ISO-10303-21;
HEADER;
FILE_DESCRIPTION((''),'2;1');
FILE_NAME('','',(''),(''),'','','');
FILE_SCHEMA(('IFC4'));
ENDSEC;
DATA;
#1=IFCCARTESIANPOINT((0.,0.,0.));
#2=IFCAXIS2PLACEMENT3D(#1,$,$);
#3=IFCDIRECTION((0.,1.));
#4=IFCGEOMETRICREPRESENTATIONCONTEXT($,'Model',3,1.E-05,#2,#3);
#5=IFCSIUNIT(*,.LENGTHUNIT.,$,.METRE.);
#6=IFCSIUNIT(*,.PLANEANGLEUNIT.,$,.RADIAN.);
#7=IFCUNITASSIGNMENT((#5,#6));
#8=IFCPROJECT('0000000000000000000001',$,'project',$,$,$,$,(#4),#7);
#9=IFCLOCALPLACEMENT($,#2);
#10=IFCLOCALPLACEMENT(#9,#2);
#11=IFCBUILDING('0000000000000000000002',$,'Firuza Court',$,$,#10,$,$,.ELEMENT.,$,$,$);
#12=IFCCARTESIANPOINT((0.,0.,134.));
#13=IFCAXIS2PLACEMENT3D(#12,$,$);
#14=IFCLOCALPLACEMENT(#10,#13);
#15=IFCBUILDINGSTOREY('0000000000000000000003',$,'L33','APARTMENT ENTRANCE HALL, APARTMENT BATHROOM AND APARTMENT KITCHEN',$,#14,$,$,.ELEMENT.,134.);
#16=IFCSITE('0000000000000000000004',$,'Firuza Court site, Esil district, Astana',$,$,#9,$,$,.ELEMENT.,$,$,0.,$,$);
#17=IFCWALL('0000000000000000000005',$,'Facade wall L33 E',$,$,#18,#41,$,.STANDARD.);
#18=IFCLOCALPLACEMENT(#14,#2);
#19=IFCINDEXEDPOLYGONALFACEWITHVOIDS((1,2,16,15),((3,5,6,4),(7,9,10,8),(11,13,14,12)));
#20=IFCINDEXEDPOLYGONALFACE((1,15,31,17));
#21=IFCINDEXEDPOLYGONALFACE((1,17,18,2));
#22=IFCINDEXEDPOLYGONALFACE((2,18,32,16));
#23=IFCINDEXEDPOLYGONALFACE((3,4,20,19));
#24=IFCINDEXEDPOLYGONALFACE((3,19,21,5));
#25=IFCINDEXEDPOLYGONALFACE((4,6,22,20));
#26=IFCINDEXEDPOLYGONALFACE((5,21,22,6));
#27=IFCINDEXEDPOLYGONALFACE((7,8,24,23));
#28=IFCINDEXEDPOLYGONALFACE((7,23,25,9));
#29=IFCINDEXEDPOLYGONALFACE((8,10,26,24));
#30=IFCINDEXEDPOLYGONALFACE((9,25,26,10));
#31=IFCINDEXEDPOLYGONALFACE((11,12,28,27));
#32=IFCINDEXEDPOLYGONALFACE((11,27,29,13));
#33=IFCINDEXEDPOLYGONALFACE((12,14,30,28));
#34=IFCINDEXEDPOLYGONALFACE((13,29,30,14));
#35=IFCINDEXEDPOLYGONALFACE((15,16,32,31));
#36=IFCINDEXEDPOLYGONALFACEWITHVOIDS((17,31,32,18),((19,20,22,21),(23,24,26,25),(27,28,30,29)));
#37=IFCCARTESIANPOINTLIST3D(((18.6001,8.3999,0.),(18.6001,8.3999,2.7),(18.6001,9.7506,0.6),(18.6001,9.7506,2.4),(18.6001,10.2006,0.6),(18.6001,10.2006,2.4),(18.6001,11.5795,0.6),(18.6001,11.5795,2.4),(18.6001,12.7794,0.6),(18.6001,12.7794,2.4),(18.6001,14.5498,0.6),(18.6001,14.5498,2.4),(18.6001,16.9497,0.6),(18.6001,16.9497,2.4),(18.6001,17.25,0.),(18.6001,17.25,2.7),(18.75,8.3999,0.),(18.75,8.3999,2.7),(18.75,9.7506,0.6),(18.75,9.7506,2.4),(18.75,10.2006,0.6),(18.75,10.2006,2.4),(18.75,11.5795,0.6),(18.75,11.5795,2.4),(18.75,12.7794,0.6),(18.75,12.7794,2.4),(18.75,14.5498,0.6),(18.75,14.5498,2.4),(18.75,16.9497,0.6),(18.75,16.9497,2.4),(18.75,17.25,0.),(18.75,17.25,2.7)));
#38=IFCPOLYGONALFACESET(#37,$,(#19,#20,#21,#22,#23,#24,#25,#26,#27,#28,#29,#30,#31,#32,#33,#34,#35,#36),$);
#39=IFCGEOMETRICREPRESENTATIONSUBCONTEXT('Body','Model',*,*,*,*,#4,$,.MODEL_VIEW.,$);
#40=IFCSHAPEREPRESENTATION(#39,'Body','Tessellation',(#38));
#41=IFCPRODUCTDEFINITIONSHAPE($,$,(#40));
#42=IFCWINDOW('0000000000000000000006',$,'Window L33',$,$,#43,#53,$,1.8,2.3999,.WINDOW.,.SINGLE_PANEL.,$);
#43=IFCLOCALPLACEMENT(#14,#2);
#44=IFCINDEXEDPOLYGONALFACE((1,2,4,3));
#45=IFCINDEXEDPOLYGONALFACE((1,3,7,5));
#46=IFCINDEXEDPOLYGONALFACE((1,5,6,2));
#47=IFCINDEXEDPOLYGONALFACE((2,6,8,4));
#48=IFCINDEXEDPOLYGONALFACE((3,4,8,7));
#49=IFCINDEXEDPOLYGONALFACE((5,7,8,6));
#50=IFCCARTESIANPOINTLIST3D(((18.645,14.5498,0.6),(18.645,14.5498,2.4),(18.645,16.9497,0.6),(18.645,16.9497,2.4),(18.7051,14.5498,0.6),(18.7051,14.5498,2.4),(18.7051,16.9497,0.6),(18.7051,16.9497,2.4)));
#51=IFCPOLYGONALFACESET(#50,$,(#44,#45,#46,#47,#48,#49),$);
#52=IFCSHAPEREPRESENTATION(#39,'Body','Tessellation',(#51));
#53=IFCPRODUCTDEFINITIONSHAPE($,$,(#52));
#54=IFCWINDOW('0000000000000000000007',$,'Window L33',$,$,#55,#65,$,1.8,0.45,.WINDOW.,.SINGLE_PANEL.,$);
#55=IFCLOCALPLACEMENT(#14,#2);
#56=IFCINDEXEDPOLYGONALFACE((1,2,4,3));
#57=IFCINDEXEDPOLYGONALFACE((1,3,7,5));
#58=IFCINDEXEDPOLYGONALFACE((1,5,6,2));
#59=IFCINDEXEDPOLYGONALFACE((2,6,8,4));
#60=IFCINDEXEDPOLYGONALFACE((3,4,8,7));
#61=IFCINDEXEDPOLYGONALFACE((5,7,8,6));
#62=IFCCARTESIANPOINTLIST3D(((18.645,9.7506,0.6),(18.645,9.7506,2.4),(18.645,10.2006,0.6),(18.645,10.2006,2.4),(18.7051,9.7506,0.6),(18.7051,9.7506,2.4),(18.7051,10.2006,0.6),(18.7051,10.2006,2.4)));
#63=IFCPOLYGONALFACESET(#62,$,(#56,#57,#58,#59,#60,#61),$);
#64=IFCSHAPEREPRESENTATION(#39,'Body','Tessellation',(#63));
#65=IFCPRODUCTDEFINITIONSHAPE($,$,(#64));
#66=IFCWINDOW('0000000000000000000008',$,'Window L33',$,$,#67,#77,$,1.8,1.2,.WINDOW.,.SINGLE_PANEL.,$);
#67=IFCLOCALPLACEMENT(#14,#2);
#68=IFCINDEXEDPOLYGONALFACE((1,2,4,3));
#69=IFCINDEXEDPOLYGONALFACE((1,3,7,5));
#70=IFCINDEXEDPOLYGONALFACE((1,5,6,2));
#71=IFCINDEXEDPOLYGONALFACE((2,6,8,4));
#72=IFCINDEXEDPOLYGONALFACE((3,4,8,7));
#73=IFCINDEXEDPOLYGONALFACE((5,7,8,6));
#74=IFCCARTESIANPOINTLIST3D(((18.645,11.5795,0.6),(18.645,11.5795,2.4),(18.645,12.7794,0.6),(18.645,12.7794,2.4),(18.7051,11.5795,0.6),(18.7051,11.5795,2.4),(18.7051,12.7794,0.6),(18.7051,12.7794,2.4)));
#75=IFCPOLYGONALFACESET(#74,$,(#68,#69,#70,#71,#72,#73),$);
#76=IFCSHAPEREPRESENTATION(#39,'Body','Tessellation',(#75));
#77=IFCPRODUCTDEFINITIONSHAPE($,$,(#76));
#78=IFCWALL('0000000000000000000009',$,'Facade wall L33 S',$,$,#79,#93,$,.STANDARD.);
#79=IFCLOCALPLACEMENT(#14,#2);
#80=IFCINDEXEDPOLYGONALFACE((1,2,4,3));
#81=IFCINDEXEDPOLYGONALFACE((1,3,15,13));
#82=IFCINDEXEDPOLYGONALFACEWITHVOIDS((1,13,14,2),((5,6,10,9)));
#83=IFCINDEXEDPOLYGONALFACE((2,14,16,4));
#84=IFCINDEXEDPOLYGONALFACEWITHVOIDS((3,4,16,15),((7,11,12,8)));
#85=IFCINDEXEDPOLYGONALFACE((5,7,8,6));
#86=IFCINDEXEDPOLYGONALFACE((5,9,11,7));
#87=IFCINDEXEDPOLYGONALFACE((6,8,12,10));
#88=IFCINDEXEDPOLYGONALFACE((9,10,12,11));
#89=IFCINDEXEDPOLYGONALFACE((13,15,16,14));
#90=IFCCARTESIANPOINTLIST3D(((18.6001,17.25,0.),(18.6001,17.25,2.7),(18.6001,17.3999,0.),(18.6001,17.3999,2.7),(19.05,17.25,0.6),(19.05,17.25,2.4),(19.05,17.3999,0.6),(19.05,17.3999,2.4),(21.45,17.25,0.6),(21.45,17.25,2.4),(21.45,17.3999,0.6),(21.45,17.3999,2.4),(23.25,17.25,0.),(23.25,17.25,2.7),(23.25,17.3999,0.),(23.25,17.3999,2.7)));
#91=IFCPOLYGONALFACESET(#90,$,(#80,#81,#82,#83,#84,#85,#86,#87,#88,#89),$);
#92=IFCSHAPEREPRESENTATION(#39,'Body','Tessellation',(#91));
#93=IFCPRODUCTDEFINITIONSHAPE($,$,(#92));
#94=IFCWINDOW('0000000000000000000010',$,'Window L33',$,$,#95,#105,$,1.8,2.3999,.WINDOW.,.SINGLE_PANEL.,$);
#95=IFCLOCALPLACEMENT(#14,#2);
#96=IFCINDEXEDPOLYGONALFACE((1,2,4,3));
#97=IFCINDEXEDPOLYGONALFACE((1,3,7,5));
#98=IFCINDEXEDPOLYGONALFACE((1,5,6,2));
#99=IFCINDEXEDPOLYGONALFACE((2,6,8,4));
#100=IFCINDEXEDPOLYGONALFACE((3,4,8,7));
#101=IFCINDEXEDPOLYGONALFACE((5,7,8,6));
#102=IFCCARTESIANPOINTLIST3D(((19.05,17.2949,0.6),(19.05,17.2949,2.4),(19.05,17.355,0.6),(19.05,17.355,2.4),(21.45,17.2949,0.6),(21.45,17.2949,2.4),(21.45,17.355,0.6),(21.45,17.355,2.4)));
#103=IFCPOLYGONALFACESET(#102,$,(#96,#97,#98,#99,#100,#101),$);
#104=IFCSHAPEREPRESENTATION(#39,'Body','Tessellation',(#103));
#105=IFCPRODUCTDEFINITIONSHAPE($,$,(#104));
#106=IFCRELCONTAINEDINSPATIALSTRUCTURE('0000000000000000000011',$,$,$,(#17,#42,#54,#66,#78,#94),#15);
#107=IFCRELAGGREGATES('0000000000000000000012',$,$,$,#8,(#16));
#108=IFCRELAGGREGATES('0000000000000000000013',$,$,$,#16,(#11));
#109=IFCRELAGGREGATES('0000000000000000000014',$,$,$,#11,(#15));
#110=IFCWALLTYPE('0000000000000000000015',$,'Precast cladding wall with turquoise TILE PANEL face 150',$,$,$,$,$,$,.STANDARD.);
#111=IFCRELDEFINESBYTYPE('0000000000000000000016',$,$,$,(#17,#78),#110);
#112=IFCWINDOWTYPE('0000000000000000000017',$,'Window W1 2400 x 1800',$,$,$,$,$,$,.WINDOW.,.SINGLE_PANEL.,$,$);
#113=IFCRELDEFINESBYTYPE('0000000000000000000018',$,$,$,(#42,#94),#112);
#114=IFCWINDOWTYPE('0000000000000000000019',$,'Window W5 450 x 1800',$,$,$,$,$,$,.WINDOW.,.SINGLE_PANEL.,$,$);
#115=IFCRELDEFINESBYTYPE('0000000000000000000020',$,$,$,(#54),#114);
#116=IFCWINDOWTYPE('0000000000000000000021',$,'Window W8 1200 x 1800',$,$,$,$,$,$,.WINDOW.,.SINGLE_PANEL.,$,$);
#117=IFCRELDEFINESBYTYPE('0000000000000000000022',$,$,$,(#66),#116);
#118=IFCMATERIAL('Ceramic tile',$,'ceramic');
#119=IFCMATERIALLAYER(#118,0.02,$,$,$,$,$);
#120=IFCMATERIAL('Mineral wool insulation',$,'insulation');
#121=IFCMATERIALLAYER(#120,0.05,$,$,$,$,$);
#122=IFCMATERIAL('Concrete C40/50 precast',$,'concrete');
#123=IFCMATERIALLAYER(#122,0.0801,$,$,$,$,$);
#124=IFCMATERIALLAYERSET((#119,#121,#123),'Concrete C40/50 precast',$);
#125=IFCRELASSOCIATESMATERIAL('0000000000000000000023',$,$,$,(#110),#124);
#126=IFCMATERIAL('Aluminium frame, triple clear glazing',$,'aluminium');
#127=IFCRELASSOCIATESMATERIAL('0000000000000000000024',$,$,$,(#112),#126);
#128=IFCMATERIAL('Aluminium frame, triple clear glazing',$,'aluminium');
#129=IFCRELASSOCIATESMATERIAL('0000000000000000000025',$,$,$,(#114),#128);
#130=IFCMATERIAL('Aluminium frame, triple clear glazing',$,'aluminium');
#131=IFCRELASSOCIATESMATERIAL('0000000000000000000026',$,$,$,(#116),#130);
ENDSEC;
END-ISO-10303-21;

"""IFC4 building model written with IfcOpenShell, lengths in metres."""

from ifc_helpers import new_model, si_unit, direction, frame, frame_2d, origin, place, context, subcontext, project, spatial, rectangle, extrude, material, layer, layer_set, type_object, element, fill, save


model = new_model("IFC4")

# Units and contexts
model_context = context("Model", 3, precision=1e-05, world=origin(), true_north=direction((0.0, 1.0)))
body_context = subcontext(model_context, "Body", "Model", "MODEL_VIEW")
ifc_project = project(units=[si_unit("LENGTHUNIT", "METRE"), si_unit("PLANEANGLEUNIT", "RADIAN")], contexts=[model_context])

# Site, building, storey
site_placement = place(None, origin())
site = spatial("IfcSite", under=ifc_project, at=site_placement, Name="Firuza Court site, Esil district, Astana", CompositionType="ELEMENT", RefElevation=0.0)
building_placement = place(site_placement, origin())
building = spatial("IfcBuilding", under=site, at=building_placement, Name="Firuza Court", CompositionType="ELEMENT")
storey_placement = place(building_placement, frame((0.0, 0.0, 134.0)))
storey = spatial("IfcBuildingStorey", under=building, at=storey_placement, Name="L33", Description="APARTMENT ENTRANCE HALL, APARTMENT BATHROOM AND APARTMENT KITCHEN", CompositionType="ELEMENT", Elevation=134.0)

# Wall, openings, windows
ifc_material_1 = material(Name="Ceramic tile", Category="ceramic")
ifc_layer_1 = layer(ifc_material_1, 0.02)
ifc_material_2 = material(Name="Mineral wool insulation", Category="insulation")
ifc_layer_2 = layer(ifc_material_2, 0.05)
ifc_material_3 = material(Name="Concrete C40/50 precast", Category="concrete")
ifc_layer_3 = layer(ifc_material_3, 0.0801)
ifc_layer_set_1 = layer_set([ifc_layer_1, ifc_layer_2, ifc_layer_3], Name="Concrete C40/50 precast")
wall_type_1 = type_object("IfcWallType", Name="Precast cladding wall with turquoise TILE PANEL face 150", PredefinedType="STANDARD", material=ifc_layer_set_1)
wall_1_placement = place(storey_placement, frame((18.675, 8.3999, 0.0), z_axis=(0.0, 0.0, 1.0), x_axis=(0.0, 1.0, 0.0)))
wall_1 = element("IfcWall", 1, at=wall_1_placement, inside=storey, type_object=wall_type_1, Name="Facade wall L33 E", PredefinedType="STANDARD", context=body_context, shape_type="SweptSolid", body=[
    extrude(rectangle(XDim=8.8501, YDim=0.1499, at=frame_2d((4.425, 0.0))), origin(), (0.0, 0.0, 1.0), 2.7),
])
opening_1_placement = place(wall_1_placement, frame((1.3506, 0.0, 0.6001)))
opening_1 = element("IfcOpeningElement", 2, at=opening_1_placement, cuts=wall_1, PredefinedType="OPENING", context=body_context, shape_type="SweptSolid", body=[
    extrude(rectangle(XDim=0.45, YDim=1.8, at=frame_2d((0.2251, 0.8999))), frame((0.0, 0.0869, 0.0), z_axis=(0.0, -1.0, 0.0), x_axis=(1.0, 0.0, 0.0)), (0.0, 0.0, 1.0), 0.1738),
])
opening_2_placement = place(wall_1_placement, frame((3.1794, 0.0, 0.6001)))
opening_2 = element("IfcOpeningElement", 3, at=opening_2_placement, cuts=wall_1, PredefinedType="OPENING", context=body_context, shape_type="SweptSolid", body=[
    extrude(rectangle(XDim=1.2, YDim=1.8, at=frame_2d((0.6001, 0.8999))), frame((0.0, 0.0869, 0.0), z_axis=(0.0, -1.0, 0.0), x_axis=(1.0, 0.0, 0.0)), (0.0, 0.0, 1.0), 0.1738),
])
opening_3_placement = place(wall_1_placement, frame((6.1499, 0.0, 0.6001)))
opening_3 = element("IfcOpeningElement", 4, at=opening_3_placement, cuts=wall_1, PredefinedType="OPENING", context=body_context, shape_type="SweptSolid", body=[
    extrude(rectangle(XDim=2.3999, YDim=1.8, at=frame_2d((1.2, 0.8999))), frame((0.0, 0.0869, 0.0), z_axis=(0.0, -1.0, 0.0), x_axis=(1.0, 0.0, 0.0)), (0.0, 0.0, 1.0), 0.1738),
])
ifc_material_4 = material(Name="Aluminium frame, triple clear glazing", Category="aluminium")
window_type_1 = type_object("IfcWindowType", Name="Window W1 2400 x 1800", PartitioningType="SINGLE_PANEL", PredefinedType="WINDOW", material=ifc_material_4)
window_1_placement = place(opening_3_placement, origin())
window_1 = element("IfcWindow", 5, at=window_1_placement, inside=storey, type_object=window_type_1, Name="Window L33", OverallHeight=1.8, OverallWidth=2.3999, PartitioningType="SINGLE_PANEL", PredefinedType="WINDOW", context=body_context, shape_type="SweptSolid", body=[
    extrude(rectangle(XDim=2.3999, YDim=1.8, at=frame_2d((1.2, 0.8999))), frame((0.0, 0.03, 0.0), z_axis=(0.0, -1.0, 0.0), x_axis=(1.0, 0.0, 0.0)), (0.0, 0.0, 1.0), 0.0601),
])
fill(opening_3, window_1)
ifc_material_5 = material(Name="Aluminium frame, triple clear glazing", Category="aluminium")
window_type_2 = type_object("IfcWindowType", Name="Window W5 450 x 1800", PartitioningType="SINGLE_PANEL", PredefinedType="WINDOW", material=ifc_material_5)
window_2_placement = place(opening_1_placement, origin())
window_2 = element("IfcWindow", 6, at=window_2_placement, inside=storey, type_object=window_type_2, Name="Window L33", OverallHeight=1.8, OverallWidth=0.45, PartitioningType="SINGLE_PANEL", PredefinedType="WINDOW", context=body_context, shape_type="SweptSolid", body=[
    extrude(rectangle(XDim=0.45, YDim=1.8, at=frame_2d((0.2251, 0.8999))), frame((0.0, 0.03, 0.0), z_axis=(0.0, -1.0, 0.0), x_axis=(1.0, 0.0, 0.0)), (0.0, 0.0, 1.0), 0.0601),
])
fill(opening_1, window_2)
ifc_material_6 = material(Name="Aluminium frame, triple clear glazing", Category="aluminium")
window_type_3 = type_object("IfcWindowType", Name="Window W8 1200 x 1800", PartitioningType="SINGLE_PANEL", PredefinedType="WINDOW", material=ifc_material_6)
window_3_placement = place(opening_2_placement, origin())
window_3 = element("IfcWindow", 7, at=window_3_placement, inside=storey, type_object=window_type_3, Name="Window L33", OverallHeight=1.8, OverallWidth=1.2, PartitioningType="SINGLE_PANEL", PredefinedType="WINDOW", context=body_context, shape_type="SweptSolid", body=[
    extrude(rectangle(XDim=1.2, YDim=1.8, at=frame_2d((0.6001, 0.8999))), frame((0.0, 0.03, 0.0), z_axis=(0.0, -1.0, 0.0), x_axis=(1.0, 0.0, 0.0)), (0.0, 0.0, 1.0), 0.0601),
])
fill(opening_2, window_3)

# Wall, opening, window
wall_2_placement = place(storey_placement, frame((18.6001, 17.325, 0.0), z_axis=(0.0, 0.0, 1.0), x_axis=(1.0, 0.0, 0.0)))
wall_2 = element("IfcWall", 8, at=wall_2_placement, inside=storey, type_object=wall_type_1, Name="Facade wall L33 S", PredefinedType="STANDARD", context=body_context, shape_type="SweptSolid", body=[
    extrude(rectangle(XDim=4.6499, YDim=0.1499, at=frame_2d((2.325, 0.0))), origin(), (0.0, 0.0, 1.0), 2.7),
])
opening_4_placement = place(wall_2_placement, frame((0.45, 0.0, 0.6001)))
opening_4 = element("IfcOpeningElement", 9, at=opening_4_placement, cuts=wall_2, PredefinedType="OPENING", context=body_context, shape_type="SweptSolid", body=[
    extrude(rectangle(XDim=2.3999, YDim=1.8, at=frame_2d((1.2, 0.8999))), frame((0.0, 0.0869, 0.0), z_axis=(0.0, -1.0, 0.0), x_axis=(1.0, 0.0, 0.0)), (0.0, 0.0, 1.0), 0.1738),
])
window_4_placement = place(opening_4_placement, origin())
window_4 = element("IfcWindow", 10, at=window_4_placement, inside=storey, type_object=window_type_1, Name="Window L33", OverallHeight=1.8, OverallWidth=2.3999, PartitioningType="SINGLE_PANEL", PredefinedType="WINDOW", context=body_context, shape_type="SweptSolid", body=[
    extrude(rectangle(XDim=2.3999, YDim=1.8, at=frame_2d((1.2, 0.8999))), frame((0.0, 0.03, 0.0), z_axis=(0.0, -1.0, 0.0), x_axis=(1.0, 0.0, 0.0)), (0.0, 0.0, 1.0), 0.0601),
])
fill(opening_4, window_4)

save(model, "model.ifc")
